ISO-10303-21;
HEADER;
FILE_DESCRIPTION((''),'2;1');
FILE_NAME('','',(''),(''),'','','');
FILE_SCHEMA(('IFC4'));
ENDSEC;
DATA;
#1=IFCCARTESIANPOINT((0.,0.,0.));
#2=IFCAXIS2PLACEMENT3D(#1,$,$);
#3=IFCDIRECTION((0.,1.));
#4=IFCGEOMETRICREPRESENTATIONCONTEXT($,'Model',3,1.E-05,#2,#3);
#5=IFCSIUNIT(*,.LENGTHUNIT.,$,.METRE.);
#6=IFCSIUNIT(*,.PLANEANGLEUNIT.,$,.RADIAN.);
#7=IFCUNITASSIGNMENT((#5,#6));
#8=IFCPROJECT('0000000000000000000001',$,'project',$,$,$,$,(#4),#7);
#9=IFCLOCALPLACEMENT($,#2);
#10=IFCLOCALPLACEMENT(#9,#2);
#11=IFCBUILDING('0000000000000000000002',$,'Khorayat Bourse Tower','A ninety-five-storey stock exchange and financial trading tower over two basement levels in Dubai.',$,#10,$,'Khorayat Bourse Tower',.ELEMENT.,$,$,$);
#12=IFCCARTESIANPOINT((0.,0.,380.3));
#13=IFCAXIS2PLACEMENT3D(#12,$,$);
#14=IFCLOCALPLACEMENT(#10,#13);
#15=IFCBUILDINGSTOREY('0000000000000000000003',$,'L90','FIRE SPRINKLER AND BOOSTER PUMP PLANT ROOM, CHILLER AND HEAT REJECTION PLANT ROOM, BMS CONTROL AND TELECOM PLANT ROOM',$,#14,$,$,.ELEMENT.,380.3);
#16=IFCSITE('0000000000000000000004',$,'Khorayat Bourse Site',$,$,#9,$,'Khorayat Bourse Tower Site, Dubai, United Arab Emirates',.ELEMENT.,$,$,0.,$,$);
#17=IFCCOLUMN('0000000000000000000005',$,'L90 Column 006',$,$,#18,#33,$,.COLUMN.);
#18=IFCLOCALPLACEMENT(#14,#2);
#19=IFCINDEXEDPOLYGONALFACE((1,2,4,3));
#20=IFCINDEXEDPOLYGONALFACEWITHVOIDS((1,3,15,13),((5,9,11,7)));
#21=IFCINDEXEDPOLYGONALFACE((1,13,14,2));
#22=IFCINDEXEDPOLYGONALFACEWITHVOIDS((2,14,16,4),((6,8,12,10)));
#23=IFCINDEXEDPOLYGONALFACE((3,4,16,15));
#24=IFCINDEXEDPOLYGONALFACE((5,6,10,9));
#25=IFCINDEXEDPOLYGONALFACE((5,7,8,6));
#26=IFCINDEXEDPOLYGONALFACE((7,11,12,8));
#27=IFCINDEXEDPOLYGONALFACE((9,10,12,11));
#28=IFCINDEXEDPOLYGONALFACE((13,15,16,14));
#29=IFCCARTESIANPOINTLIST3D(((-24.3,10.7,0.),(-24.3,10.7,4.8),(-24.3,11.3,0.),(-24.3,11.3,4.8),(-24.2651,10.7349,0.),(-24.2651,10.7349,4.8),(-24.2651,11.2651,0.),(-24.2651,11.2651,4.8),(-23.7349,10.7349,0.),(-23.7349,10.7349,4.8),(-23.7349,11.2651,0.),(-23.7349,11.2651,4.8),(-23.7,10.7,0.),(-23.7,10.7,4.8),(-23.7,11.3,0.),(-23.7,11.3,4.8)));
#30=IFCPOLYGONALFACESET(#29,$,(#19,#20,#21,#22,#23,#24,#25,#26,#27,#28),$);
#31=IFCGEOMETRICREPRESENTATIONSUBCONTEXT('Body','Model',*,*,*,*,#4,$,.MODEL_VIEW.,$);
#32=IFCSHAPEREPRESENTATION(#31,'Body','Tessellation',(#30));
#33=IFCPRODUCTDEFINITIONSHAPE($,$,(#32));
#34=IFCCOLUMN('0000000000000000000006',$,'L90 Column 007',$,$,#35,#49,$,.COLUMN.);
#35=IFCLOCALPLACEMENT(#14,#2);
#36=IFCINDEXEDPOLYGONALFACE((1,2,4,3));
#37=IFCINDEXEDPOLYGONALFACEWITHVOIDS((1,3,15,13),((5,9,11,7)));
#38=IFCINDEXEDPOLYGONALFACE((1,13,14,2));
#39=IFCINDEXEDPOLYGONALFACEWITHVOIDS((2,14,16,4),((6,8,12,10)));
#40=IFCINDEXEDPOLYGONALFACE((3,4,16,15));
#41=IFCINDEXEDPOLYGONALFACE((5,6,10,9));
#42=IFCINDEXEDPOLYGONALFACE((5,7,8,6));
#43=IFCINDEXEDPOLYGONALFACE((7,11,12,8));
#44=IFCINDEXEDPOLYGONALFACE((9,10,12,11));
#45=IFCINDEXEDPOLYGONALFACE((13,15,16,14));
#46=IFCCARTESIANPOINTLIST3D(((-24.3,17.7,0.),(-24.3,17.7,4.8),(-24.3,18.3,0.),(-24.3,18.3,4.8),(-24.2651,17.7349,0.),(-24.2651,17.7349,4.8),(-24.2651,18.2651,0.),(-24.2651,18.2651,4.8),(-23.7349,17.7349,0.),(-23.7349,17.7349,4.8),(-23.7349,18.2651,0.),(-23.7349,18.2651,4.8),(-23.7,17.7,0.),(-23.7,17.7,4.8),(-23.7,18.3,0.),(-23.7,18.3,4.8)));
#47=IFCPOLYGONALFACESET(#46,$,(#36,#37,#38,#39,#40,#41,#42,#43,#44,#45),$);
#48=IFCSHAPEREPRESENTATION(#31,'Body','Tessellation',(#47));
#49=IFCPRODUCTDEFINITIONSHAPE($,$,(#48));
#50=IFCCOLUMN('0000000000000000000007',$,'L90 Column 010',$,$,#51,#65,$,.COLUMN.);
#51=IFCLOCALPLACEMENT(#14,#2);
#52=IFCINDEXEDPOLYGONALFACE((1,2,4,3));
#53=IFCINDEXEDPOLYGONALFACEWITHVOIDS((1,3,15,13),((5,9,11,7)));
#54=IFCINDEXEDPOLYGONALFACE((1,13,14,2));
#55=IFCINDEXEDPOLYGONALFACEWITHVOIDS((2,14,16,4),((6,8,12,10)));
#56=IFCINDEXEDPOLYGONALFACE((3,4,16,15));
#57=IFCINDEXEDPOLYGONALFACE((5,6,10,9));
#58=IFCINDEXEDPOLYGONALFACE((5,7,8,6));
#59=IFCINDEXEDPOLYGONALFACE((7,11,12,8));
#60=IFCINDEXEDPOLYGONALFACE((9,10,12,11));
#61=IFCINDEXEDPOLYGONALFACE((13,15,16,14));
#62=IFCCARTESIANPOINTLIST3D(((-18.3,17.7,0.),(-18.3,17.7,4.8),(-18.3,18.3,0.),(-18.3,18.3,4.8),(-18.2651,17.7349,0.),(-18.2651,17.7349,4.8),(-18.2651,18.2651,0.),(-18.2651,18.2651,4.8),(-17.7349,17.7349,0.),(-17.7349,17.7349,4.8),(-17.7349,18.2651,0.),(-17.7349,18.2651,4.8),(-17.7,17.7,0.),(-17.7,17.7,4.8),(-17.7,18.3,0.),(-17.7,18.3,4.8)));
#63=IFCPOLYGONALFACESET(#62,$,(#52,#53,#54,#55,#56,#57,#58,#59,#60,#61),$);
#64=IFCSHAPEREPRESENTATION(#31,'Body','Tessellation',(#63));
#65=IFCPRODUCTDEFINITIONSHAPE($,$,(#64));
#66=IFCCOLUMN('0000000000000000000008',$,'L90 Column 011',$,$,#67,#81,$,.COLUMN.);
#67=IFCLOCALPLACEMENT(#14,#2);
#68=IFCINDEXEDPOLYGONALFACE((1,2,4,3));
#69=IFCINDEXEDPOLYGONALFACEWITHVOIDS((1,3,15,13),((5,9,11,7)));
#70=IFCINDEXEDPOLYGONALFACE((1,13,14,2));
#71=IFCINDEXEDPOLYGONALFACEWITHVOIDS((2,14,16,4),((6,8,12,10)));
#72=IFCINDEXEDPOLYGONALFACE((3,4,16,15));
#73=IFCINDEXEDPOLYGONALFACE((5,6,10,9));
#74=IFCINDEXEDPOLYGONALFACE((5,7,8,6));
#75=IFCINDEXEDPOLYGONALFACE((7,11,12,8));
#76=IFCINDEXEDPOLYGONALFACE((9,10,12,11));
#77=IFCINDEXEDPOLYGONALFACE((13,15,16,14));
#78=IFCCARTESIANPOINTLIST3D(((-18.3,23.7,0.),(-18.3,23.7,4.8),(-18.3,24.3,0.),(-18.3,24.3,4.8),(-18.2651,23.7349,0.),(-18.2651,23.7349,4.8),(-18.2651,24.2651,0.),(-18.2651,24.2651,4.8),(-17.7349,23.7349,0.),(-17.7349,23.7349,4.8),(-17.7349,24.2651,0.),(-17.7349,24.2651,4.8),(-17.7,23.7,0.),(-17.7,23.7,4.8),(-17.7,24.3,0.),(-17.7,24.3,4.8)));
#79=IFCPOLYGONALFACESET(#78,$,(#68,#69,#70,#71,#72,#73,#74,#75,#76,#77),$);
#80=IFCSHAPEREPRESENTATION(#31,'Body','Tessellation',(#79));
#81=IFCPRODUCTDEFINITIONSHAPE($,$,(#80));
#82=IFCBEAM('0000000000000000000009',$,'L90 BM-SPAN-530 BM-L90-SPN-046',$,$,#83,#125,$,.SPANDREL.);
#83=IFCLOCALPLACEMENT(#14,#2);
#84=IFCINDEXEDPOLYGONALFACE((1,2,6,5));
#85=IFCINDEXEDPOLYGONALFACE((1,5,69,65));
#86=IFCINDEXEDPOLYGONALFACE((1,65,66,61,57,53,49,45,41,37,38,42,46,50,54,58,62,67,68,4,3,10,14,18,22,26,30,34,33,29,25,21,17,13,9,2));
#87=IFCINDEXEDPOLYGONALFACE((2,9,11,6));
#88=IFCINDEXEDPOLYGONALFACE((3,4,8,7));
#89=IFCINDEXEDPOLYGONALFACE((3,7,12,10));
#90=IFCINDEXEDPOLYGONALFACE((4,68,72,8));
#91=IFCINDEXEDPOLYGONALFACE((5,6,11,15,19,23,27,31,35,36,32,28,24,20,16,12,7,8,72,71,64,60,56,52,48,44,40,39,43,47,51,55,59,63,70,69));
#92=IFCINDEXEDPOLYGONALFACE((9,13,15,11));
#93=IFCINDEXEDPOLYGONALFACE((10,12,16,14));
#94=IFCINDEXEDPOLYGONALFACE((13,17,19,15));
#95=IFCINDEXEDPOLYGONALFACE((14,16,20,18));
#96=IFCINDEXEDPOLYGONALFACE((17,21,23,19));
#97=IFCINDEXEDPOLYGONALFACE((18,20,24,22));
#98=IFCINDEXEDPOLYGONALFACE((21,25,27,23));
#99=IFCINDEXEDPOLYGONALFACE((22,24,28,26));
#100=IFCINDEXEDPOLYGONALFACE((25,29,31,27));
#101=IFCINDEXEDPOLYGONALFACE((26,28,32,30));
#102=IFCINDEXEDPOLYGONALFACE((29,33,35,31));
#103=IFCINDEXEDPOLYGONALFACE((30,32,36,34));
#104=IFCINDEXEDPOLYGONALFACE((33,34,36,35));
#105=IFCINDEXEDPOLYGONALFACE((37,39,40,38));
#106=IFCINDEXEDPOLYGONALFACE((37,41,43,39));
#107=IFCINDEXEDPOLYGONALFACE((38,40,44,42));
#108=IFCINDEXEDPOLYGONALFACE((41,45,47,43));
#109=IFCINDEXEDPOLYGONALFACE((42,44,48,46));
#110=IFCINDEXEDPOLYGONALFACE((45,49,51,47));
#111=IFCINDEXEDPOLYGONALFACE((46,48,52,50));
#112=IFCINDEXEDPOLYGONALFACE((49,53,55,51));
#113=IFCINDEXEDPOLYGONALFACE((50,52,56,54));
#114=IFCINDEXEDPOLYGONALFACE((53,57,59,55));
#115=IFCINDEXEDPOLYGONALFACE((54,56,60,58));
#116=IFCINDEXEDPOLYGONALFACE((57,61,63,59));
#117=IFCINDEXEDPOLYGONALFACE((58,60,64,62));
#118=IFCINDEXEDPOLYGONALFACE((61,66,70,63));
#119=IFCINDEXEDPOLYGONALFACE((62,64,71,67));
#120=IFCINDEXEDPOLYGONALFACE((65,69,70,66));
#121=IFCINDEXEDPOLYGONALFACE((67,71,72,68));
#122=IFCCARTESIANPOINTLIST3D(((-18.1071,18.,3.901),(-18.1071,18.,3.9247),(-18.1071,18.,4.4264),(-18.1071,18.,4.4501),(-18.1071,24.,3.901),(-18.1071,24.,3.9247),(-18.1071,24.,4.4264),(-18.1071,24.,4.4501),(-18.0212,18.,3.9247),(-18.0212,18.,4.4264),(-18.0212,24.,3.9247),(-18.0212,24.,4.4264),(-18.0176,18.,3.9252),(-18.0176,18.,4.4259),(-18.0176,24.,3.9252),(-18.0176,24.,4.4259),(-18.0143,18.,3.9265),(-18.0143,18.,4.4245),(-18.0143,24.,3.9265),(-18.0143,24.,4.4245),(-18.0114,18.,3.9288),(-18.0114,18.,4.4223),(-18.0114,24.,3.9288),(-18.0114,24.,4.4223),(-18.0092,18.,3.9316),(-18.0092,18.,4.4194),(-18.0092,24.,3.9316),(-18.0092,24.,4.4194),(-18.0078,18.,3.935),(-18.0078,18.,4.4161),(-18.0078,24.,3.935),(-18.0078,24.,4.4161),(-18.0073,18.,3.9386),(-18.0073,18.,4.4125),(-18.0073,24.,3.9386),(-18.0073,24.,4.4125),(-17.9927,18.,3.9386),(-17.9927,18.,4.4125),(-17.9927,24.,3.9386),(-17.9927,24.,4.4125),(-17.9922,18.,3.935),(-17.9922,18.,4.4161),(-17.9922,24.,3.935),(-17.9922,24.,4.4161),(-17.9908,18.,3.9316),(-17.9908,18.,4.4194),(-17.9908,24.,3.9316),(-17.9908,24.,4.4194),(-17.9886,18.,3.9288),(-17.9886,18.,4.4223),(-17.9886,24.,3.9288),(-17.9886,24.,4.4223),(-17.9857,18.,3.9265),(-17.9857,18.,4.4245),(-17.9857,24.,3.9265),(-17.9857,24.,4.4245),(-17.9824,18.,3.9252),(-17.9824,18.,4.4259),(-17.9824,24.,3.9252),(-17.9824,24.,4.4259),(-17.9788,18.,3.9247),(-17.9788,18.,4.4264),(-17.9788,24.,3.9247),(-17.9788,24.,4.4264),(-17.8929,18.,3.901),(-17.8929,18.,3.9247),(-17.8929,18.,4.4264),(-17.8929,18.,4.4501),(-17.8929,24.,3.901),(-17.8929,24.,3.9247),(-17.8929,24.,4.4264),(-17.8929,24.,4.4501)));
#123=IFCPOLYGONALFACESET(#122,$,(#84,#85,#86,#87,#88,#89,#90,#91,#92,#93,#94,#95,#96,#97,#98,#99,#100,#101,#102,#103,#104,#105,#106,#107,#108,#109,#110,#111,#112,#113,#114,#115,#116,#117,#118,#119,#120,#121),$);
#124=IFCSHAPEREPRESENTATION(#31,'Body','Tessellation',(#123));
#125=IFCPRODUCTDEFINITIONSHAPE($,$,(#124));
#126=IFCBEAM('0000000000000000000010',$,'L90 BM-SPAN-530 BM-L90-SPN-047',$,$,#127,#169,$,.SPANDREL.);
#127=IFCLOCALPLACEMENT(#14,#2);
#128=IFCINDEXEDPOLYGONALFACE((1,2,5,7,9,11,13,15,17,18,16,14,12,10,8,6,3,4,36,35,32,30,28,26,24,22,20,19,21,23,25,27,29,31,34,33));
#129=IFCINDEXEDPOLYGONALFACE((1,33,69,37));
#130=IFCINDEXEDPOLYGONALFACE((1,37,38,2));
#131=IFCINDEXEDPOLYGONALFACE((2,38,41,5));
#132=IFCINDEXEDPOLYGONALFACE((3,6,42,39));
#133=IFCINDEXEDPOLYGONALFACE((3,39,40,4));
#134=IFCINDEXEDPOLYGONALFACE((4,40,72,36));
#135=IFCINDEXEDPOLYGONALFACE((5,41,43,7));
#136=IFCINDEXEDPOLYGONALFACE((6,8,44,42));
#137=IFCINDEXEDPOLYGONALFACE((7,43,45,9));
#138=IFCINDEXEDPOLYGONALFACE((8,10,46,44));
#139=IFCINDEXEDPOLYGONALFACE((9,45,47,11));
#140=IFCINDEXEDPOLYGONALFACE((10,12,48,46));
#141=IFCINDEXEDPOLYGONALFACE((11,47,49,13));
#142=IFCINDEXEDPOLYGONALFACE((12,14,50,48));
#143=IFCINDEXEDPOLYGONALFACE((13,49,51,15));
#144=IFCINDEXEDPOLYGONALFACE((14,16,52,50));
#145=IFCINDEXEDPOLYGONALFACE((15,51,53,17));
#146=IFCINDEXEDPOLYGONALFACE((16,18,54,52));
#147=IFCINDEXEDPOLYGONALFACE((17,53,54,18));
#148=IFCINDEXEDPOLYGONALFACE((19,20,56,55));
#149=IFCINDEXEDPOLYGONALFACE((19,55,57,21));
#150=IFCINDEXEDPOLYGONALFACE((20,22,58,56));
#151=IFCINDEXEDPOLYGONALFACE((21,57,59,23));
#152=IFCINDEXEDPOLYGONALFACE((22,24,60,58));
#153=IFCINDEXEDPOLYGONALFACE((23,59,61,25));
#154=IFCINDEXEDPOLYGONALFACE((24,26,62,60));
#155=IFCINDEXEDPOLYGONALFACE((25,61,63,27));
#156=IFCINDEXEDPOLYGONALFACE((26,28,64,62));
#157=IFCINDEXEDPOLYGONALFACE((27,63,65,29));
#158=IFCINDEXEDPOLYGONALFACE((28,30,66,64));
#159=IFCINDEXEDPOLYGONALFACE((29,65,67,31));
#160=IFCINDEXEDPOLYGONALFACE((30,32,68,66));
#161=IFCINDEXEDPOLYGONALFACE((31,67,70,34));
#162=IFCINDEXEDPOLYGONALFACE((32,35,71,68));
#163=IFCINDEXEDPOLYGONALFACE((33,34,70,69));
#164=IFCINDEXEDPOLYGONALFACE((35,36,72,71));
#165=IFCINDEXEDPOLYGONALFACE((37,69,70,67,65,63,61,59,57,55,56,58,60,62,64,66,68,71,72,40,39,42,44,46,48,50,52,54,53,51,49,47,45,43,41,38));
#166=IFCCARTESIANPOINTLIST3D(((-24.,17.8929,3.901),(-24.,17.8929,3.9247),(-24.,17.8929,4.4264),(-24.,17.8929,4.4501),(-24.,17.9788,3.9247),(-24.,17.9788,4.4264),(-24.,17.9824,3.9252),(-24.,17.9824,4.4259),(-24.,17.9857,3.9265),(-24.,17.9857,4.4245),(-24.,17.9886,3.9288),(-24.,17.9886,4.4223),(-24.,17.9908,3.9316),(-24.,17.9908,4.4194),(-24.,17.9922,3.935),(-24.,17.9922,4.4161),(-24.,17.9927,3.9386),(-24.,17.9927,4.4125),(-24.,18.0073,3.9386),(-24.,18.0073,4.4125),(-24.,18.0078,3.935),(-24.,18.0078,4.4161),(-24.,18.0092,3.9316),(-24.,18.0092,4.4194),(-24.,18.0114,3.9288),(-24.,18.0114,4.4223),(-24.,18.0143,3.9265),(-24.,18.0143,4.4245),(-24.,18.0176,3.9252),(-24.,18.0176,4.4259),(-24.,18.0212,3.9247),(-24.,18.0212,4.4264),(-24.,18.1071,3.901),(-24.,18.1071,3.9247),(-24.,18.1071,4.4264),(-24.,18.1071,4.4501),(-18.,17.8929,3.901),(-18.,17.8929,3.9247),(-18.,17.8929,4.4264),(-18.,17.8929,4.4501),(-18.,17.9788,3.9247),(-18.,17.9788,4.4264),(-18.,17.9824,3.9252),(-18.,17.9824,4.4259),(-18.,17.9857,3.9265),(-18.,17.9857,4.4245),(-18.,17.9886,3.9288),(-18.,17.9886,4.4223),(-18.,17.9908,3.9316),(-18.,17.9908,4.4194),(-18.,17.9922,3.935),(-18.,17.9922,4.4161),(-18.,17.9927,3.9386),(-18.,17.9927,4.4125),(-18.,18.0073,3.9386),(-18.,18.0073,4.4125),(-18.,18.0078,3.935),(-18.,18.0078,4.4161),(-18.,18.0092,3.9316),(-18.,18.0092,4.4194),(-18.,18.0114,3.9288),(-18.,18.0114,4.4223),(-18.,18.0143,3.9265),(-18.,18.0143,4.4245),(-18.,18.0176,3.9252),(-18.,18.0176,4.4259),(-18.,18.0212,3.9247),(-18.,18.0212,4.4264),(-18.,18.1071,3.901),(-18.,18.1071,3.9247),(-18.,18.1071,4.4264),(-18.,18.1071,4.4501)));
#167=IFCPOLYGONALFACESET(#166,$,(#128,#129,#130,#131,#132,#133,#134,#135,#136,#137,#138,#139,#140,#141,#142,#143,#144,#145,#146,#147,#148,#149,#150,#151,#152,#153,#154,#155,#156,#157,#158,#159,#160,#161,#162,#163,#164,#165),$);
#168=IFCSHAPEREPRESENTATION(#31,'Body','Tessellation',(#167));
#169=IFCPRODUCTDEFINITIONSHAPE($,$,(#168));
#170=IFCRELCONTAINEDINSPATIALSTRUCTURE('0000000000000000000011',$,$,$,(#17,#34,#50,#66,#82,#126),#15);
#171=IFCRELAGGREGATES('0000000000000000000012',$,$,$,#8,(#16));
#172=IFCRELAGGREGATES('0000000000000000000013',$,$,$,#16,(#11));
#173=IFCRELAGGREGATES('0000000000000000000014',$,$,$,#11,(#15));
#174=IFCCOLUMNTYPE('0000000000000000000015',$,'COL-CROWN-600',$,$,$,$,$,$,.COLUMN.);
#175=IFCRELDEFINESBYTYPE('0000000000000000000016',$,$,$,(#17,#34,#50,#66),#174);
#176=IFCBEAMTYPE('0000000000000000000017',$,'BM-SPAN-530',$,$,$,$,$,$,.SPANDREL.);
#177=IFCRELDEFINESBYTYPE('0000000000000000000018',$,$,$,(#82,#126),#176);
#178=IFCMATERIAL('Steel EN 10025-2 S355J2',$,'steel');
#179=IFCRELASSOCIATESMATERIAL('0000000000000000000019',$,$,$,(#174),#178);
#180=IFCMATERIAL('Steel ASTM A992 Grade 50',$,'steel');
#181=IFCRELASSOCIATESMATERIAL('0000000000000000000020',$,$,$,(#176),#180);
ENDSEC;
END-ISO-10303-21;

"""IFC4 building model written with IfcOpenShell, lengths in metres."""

from ifc_helpers import new_model, si_unit, direction, frame, origin, origin_2d, place, context, subcontext, project, spatial, hollow_rectangle, i_section, extrude, source, transform, mapped, material, material_profile, profile_set, type_object, element, save


model = new_model("IFC4")

# Units and contexts
model_context = context("Model", 3, precision=1e-05, world=origin(), true_north=direction((0.0, 1.0)))
body_context = subcontext(model_context, "Body", "Model", "MODEL_VIEW")
ifc_project = project(units=[si_unit("LENGTHUNIT", "METRE"), si_unit("PLANEANGLEUNIT", "RADIAN")], contexts=[model_context])

# Site, building, storey
site_placement = place(None, origin())
site = spatial("IfcSite", under=ifc_project, at=site_placement, Name="Khorayat Bourse Site", LongName="Khorayat Bourse Tower Site, Dubai, United Arab Emirates", CompositionType="ELEMENT", RefElevation=0.0)
building_placement = place(site_placement, origin())
building = spatial("IfcBuilding", under=site, at=building_placement, Name="Khorayat Bourse Tower", Description="A ninety-five-storey stock exchange and financial trading tower over two basement levels in Dubai.", LongName="Khorayat Bourse Tower", CompositionType="ELEMENT")
storey_placement = place(building_placement, frame((0.0, 0.0, 380.3)))
storey = spatial("IfcBuildingStorey", under=building, at=storey_placement, Name="L90", Description="FIRE SPRINKLER AND BOOSTER PUMP PLANT ROOM, CHILLER AND HEAT REJECTION PLANT ROOM, BMS CONTROL AND TELECOM PLANT ROOM", CompositionType="ELEMENT", Elevation=380.3)

# Columns
ifc_material_1 = material(Name="Steel EN 10025-2 S355J2", Category="steel")
ifc_material_profile_1 = material_profile(ifc_material_1, hollow_rectangle(XDim=0.6001, YDim=0.6001, WallThickness=0.0349, at=origin_2d()), Name="BOX 600x600x35")
ifc_profile_set_1 = profile_set([ifc_material_profile_1], Name="Steel EN 10025-2 S355J2")
column_type = type_object("IfcColumnType", Name="COL-CROWN-600", PredefinedType="COLUMN", material=ifc_profile_set_1)
shared_shape_1 = source(origin(), body_context, "Body", "SweptSolid", [
    extrude(hollow_rectangle(XDim=0.6001, YDim=0.6001, WallThickness=0.0349, at=origin_2d()), origin(), (0.0, 0.0, 1.0), 4.8),
])
for number, where, z_axis, x_axis, name in (
    (1, (-24.0, 11.0, 0.0), (0.0, 0.0, 1.0), (1.0, 0.0, 0.0), "L90 Column 006"),
    (2, (-24.0, 18.0, 0.0), (0.0, 0.0, 1.0), (1.0, 0.0, 0.0), "L90 Column 007"),
    (3, (-18.0, 18.0, 0.0), (0.0, 0.0, 1.0), (1.0, 0.0, 0.0), "L90 Column 010"),
    (4, (-18.0, 24.0, 0.0), (0.0, 0.0, 1.0), (1.0, 0.0, 0.0), "L90 Column 011"),
):
    element("IfcColumn", number, at=place(storey_placement, frame(where, z_axis=z_axis, x_axis=x_axis)), inside=storey, type_object=column_type, Name=name, PredefinedType="COLUMN", context=body_context, shape_type="MappedRepresentation", body=[
        mapped(shared_shape_1, transform((0.0, 0.0, 0.0), scale=1.0)),
    ])

# Beams
ifc_material_2 = material(Name="Steel ASTM A992 Grade 50", Category="steel")
ifc_material_profile_2 = material_profile(ifc_material_2, i_section(OverallWidth=0.2141, OverallDepth=0.5491, WebThickness=0.0146, FlangeThickness=0.0237, FilletRadius=0.0139, at=origin_2d()), Name="W530X138")
ifc_profile_set_2 = profile_set([ifc_material_profile_2], Name="Steel ASTM A992 Grade 50")
beam_type_1 = type_object("IfcBeamType", Name="BM-SPAN-530", PredefinedType="SPANDREL", material=ifc_profile_set_2)
shared_shape_2 = source(origin(), body_context, "Body", "SweptSolid", [
    extrude(i_section(OverallWidth=0.2141, OverallDepth=0.5491, WebThickness=0.0146, FlangeThickness=0.0237, FilletRadius=0.0139, at=origin_2d()), origin(), (0.0, 0.0, 1.0), 6.0),
])
for number, where, z_axis, x_axis, name in (
    (5, (-18.0, 18.0, 4.1755), (0.0, 1.0, 0.0), (-1.0, 0.0, 0.0), "L90 BM-SPAN-530 BM-L90-SPN-046"),
    (6, (-24.0, 18.0, 4.1755), (1.0, 0.0, 0.0), (0.0, 1.0, 0.0), "L90 BM-SPAN-530 BM-L90-SPN-047"),
):
    element("IfcBeam", number, at=place(storey_placement, frame(where, z_axis=z_axis, x_axis=x_axis)), inside=storey, type_object=beam_type_1, Name=name, PredefinedType="SPANDREL", context=body_context, shape_type="MappedRepresentation", body=[
        mapped(shared_shape_2, transform((0.0, 0.0, 0.0), scale=1.0)),
    ])

save(model, "model.ifc")
